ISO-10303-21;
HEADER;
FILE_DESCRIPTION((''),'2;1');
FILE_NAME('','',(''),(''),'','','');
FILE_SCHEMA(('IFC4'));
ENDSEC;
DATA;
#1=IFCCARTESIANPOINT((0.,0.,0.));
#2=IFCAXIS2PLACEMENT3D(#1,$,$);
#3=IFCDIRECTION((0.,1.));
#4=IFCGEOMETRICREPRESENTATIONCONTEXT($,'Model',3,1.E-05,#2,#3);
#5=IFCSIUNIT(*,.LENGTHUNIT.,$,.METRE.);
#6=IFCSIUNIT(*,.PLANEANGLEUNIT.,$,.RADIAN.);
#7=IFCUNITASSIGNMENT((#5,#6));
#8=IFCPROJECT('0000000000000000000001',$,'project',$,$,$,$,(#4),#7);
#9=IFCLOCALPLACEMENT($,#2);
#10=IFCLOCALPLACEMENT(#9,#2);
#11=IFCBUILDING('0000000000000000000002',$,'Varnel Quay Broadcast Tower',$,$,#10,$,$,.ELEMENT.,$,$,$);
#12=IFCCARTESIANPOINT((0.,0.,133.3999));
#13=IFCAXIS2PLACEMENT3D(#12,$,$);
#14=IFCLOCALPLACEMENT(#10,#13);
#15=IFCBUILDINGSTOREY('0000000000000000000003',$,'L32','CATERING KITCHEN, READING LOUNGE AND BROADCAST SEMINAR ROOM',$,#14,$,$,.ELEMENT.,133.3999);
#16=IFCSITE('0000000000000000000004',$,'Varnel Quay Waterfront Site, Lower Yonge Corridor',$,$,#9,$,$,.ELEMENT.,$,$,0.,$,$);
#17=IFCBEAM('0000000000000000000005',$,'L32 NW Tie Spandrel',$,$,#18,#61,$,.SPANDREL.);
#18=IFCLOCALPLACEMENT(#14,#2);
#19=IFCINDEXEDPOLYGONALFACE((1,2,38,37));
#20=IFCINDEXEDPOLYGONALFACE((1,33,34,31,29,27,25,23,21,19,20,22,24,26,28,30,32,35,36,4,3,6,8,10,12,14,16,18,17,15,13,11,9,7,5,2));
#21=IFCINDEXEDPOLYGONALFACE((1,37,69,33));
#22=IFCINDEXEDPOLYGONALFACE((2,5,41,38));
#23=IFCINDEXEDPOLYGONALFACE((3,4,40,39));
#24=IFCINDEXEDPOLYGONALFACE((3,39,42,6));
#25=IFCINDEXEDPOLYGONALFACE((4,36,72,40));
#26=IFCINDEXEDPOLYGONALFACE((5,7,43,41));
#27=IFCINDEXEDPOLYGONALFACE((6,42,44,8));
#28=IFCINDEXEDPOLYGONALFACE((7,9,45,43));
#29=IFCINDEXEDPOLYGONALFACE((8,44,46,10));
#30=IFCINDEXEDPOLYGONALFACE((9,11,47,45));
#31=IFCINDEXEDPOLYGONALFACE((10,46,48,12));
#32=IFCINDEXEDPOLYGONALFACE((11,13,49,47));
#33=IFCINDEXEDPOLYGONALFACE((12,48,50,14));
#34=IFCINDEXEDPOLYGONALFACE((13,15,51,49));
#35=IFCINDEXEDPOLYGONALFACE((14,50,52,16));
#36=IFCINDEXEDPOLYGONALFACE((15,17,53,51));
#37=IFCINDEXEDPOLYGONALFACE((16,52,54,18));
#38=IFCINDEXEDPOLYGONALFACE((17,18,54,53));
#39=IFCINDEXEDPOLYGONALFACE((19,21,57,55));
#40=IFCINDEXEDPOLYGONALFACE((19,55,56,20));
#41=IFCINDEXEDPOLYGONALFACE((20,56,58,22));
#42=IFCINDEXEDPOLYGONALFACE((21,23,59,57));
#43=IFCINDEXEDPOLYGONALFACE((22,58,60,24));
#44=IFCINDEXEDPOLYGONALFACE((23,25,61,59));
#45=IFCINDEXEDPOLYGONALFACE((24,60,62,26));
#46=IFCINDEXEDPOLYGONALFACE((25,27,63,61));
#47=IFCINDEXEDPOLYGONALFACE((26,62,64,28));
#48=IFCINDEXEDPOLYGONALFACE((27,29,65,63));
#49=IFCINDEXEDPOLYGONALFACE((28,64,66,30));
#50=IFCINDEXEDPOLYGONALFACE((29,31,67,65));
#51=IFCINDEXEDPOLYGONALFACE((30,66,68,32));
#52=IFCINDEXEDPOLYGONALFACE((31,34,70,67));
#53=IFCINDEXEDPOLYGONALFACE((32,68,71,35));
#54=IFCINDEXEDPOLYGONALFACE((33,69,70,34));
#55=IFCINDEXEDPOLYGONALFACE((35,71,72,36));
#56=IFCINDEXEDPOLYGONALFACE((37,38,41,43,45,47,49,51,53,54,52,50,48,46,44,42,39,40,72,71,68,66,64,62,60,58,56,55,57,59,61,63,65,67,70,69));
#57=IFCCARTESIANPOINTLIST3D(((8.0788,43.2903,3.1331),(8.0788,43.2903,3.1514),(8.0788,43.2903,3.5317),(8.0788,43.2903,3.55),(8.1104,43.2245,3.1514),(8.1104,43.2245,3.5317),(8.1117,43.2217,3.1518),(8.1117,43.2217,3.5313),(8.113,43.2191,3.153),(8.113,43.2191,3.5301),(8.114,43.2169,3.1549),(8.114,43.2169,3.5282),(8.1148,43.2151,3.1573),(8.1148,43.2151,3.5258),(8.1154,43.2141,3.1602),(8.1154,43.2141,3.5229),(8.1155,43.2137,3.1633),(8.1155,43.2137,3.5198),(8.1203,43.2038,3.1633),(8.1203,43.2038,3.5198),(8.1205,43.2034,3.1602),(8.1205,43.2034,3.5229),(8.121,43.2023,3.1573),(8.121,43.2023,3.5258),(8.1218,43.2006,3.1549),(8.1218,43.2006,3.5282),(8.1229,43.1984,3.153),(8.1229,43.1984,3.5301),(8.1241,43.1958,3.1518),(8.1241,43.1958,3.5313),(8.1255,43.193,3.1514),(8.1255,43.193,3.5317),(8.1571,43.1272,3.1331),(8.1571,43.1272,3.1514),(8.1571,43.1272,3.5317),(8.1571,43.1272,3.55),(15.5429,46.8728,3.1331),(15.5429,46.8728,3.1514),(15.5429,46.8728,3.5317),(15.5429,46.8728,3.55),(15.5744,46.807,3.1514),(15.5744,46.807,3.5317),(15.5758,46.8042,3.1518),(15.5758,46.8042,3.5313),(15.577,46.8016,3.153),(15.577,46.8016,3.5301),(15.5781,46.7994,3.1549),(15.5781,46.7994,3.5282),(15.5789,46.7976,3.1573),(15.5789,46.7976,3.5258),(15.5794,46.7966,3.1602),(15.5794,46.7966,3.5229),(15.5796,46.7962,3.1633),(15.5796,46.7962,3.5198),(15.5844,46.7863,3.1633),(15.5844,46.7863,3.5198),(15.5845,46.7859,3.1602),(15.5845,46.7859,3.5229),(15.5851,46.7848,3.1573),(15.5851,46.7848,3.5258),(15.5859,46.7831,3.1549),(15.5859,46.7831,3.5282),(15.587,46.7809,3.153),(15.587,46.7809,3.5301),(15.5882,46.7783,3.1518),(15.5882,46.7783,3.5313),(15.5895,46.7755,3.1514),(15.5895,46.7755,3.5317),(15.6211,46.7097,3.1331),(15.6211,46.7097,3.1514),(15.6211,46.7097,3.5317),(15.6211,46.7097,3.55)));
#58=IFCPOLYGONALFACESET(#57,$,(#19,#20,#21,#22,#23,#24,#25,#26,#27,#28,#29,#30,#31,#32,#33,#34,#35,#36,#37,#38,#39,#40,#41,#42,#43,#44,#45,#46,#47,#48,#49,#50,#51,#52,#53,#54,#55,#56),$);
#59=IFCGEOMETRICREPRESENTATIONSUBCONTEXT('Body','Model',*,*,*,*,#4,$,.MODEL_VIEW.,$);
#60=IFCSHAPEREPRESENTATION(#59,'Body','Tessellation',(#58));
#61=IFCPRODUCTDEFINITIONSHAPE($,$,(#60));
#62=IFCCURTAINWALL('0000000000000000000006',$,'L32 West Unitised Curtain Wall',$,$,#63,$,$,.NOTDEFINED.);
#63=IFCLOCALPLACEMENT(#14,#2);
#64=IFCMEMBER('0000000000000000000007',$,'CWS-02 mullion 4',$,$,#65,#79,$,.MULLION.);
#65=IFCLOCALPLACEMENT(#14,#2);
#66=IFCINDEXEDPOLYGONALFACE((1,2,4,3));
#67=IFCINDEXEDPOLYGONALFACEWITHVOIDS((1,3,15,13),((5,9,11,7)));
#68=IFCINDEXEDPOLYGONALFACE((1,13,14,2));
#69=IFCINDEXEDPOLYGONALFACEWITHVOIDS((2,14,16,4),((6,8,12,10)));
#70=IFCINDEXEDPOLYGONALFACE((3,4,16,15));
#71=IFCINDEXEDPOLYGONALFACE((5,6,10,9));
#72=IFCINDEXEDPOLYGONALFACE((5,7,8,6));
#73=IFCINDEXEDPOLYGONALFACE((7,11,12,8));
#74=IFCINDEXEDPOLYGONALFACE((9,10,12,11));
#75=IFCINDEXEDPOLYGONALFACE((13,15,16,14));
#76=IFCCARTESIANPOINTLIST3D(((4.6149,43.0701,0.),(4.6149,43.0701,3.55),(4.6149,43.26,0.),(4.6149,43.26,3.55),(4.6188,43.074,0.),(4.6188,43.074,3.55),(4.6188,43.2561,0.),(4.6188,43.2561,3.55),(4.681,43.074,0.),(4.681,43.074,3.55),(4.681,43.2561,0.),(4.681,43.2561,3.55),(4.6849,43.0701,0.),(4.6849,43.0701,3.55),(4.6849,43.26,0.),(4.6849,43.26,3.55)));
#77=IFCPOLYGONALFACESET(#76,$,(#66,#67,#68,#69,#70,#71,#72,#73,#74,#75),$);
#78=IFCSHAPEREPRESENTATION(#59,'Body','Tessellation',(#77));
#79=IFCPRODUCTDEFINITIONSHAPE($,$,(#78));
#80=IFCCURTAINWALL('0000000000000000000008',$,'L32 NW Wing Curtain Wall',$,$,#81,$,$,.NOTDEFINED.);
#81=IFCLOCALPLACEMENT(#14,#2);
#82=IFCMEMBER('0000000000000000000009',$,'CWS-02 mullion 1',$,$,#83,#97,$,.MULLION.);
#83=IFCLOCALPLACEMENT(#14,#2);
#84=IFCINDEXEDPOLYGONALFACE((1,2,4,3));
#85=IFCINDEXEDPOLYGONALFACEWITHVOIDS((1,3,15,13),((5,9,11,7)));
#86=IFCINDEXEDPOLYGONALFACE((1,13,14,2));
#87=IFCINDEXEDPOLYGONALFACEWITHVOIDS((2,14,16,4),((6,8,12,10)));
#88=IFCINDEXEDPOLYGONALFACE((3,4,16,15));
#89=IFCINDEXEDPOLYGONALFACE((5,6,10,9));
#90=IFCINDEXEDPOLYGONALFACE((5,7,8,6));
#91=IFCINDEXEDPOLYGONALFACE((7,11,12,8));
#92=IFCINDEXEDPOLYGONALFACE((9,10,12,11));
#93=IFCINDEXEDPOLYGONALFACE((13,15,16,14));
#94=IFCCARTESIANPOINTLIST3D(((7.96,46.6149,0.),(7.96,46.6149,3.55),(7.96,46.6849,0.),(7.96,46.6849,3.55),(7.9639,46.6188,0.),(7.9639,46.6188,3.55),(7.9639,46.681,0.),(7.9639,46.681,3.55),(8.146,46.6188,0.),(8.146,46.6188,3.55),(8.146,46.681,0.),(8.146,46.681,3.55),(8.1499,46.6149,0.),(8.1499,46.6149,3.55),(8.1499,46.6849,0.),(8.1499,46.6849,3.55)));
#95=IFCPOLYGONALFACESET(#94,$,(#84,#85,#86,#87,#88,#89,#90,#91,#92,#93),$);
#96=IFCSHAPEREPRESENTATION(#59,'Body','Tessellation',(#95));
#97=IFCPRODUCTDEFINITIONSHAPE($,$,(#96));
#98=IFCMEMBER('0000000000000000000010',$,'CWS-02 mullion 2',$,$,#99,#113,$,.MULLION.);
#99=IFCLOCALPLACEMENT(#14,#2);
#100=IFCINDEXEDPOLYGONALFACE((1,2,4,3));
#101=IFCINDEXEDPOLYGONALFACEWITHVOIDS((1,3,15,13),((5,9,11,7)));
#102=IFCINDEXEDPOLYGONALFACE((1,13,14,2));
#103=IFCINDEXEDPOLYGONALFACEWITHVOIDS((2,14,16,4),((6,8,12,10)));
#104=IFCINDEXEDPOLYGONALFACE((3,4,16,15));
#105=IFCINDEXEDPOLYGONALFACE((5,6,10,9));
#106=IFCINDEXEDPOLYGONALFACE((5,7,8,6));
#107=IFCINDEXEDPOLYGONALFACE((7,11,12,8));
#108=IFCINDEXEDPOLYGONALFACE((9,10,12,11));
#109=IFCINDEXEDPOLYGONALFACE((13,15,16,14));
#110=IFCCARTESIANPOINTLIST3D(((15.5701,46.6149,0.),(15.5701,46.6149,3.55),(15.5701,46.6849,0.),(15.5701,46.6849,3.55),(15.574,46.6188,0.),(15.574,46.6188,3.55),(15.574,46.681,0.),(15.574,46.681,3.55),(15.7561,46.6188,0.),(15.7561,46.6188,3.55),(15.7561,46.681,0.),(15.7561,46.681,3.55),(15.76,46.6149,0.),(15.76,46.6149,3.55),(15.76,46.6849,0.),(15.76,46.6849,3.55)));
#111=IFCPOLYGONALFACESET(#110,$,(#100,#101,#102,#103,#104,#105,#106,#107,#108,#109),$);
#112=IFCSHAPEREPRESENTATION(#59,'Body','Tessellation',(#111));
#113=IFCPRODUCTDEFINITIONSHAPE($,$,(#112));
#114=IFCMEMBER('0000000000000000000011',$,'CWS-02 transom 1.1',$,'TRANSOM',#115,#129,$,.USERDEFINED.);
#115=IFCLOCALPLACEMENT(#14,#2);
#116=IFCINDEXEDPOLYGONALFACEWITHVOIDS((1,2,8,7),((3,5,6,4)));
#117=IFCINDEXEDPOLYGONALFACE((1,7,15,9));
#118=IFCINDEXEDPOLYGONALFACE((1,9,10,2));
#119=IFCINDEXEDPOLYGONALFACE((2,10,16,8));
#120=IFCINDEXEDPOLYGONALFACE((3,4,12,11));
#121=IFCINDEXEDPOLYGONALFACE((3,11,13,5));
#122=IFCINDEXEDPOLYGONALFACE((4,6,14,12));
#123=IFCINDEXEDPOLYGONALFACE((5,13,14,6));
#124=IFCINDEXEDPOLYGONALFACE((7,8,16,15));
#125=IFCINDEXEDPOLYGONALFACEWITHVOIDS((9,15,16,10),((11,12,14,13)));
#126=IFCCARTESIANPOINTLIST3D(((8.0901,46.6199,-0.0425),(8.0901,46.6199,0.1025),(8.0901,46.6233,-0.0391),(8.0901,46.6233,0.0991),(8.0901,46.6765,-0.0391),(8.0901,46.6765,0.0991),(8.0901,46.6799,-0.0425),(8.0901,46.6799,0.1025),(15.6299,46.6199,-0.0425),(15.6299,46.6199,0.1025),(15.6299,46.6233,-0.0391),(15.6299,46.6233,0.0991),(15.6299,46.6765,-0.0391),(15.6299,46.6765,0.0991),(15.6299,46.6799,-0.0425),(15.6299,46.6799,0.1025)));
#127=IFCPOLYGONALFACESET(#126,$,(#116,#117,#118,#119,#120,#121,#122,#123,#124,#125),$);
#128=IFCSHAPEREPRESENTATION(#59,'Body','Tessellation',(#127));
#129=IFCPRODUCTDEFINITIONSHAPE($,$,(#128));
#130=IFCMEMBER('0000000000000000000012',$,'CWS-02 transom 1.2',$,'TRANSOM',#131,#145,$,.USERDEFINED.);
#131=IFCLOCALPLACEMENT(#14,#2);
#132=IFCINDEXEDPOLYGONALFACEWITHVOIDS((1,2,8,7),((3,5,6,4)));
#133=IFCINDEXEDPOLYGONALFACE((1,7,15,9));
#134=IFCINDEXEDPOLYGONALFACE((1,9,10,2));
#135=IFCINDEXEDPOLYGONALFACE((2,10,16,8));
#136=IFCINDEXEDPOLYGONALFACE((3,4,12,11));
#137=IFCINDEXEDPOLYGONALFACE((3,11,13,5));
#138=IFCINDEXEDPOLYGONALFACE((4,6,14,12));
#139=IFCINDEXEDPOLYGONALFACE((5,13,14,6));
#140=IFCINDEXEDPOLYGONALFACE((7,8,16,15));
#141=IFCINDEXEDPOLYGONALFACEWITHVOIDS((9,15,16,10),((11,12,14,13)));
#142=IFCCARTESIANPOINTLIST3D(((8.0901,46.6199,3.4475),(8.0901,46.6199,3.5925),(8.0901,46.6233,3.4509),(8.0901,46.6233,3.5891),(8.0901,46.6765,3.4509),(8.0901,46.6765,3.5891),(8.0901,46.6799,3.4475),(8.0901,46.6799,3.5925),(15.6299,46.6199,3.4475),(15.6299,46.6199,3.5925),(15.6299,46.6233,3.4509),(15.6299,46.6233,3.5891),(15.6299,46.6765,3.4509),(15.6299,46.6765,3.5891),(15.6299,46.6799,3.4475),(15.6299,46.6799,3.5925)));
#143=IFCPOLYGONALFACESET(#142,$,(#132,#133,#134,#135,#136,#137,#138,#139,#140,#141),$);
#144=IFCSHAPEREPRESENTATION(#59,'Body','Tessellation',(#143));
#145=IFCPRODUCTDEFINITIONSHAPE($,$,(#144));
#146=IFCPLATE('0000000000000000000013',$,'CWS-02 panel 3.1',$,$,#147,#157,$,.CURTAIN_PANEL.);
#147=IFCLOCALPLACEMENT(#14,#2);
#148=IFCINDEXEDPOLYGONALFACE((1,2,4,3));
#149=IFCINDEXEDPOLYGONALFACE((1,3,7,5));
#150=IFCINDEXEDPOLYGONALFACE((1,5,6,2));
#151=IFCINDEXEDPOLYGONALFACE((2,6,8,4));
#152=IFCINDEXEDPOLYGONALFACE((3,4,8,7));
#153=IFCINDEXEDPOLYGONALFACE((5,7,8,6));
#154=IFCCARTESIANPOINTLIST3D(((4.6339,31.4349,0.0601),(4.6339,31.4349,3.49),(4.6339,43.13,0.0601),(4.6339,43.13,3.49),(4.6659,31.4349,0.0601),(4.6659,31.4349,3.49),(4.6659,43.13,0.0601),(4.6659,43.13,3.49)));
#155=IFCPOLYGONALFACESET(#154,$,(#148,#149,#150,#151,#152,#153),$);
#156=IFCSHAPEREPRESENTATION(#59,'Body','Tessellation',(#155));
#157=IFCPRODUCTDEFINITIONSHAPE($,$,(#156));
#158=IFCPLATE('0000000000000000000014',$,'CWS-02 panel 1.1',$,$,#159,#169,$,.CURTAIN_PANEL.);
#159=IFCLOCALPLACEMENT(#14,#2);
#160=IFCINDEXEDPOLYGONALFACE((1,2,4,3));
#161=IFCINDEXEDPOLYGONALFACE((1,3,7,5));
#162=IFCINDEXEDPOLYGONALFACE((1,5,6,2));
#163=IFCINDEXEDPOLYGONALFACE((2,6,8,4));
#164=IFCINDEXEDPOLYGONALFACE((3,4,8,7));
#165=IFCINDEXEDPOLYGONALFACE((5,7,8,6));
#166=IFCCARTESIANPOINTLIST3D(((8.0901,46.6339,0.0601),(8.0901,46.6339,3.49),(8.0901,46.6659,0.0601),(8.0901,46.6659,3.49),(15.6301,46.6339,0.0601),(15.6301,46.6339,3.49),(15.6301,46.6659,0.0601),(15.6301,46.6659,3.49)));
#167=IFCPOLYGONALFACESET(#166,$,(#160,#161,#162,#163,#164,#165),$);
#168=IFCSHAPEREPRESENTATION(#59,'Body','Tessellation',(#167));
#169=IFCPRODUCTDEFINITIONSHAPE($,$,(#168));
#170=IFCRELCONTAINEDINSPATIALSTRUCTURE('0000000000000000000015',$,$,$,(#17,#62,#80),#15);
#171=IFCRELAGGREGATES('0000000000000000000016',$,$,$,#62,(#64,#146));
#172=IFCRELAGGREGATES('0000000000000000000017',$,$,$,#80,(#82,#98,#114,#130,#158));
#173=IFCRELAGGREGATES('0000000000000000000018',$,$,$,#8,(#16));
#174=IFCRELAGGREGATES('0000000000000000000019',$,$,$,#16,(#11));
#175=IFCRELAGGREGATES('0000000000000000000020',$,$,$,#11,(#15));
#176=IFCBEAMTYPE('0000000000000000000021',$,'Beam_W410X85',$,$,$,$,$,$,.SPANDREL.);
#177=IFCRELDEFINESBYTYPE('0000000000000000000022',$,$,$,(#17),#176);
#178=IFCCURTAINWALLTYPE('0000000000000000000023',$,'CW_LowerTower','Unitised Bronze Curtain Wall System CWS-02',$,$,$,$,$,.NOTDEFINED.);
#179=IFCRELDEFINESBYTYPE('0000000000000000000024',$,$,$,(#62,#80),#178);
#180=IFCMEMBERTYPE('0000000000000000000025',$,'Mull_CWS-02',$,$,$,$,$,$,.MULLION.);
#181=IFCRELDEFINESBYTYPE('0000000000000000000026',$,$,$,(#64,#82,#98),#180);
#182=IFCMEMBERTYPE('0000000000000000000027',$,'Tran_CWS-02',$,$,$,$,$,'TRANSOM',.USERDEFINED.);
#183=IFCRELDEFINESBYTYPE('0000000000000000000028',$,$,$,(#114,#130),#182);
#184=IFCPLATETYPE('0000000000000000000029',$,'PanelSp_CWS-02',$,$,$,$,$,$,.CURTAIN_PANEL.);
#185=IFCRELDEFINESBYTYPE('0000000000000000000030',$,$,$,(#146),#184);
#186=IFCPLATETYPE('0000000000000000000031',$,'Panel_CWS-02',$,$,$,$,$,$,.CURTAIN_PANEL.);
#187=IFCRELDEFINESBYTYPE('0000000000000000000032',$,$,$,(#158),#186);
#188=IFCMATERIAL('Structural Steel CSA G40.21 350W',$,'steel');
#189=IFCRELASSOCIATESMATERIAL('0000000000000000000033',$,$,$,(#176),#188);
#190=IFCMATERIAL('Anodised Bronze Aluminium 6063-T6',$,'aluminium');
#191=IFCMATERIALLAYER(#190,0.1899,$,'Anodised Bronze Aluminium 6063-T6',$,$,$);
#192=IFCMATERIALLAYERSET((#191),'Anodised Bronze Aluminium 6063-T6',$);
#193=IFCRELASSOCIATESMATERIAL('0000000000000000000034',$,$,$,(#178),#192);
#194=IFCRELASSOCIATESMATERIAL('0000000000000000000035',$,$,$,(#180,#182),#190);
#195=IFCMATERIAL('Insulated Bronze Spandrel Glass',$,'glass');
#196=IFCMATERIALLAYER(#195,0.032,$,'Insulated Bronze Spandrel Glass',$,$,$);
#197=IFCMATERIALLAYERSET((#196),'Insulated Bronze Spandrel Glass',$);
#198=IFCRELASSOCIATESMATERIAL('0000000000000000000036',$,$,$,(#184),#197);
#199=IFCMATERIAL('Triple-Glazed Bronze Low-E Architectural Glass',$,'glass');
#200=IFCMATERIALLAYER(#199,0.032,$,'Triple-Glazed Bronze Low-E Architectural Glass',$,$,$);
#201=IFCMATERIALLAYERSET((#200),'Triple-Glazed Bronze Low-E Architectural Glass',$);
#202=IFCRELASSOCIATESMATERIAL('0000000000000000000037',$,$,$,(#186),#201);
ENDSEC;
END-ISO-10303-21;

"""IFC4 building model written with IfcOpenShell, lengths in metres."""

from ifc_helpers import new_model, si_unit, direction, frame, origin, origin_2d, place, context, subcontext, project, spatial, rectangle, hollow_rectangle, i_section, extrude, source, transform, mapped, material, layer, layer_set, material_profile, profile_set, type_object, type_shapes, element, aggregate, save


model = new_model("IFC4")

# Units and contexts
model_context = context("Model", 3, precision=1e-05, world=origin(), true_north=direction((0.0, 1.0)))
body_context = subcontext(model_context, "Body", "Model", "MODEL_VIEW")
ifc_project = project(units=[si_unit("LENGTHUNIT", "METRE"), si_unit("PLANEANGLEUNIT", "RADIAN")], contexts=[model_context])

# Site, building, storey
site_placement = place(None, origin())
site = spatial("IfcSite", under=ifc_project, at=site_placement, Name="Varnel Quay Waterfront Site, Lower Yonge Corridor", CompositionType="ELEMENT", RefElevation=0.0)
building_placement = place(site_placement, origin())
building = spatial("IfcBuilding", under=site, at=building_placement, Name="Varnel Quay Broadcast Tower", CompositionType="ELEMENT")
storey_placement = place(building_placement, frame((0.0, 0.0, 133.3999)))
storey = spatial("IfcBuildingStorey", under=building, at=storey_placement, Name="L32", Description="CATERING KITCHEN, READING LOUNGE AND BROADCAST SEMINAR ROOM", CompositionType="ELEMENT", Elevation=133.3999)

# Beam
ifc_material_1 = material(Name="Structural Steel CSA G40.21 350W", Category="steel")
ifc_material_profile_1 = material_profile(ifc_material_1, i_section(OverallWidth=0.1809, OverallDepth=0.417, WebThickness=0.011, FlangeThickness=0.0183, FilletRadius=0.012, at=origin_2d()), Name="W410X85")
ifc_profile_set_1 = profile_set([ifc_material_profile_1], Name="Structural Steel CSA G40.21 350W")
beam_type_1 = type_object("IfcBeamType", Name="Beam_W410X85", PredefinedType="SPANDREL", material=ifc_profile_set_1)
shared_shape_1 = source(origin(), body_context, "Body", "SweptSolid", [
    extrude(i_section(OverallWidth=0.1809, OverallDepth=0.417, WebThickness=0.011, FlangeThickness=0.0183, FilletRadius=0.012, at=origin_2d()), origin(), (0.0, 0.0, 1.0), 8.2793),
])
beam_1_placement = place(storey_placement, frame((8.1179, 43.2087, 3.3416), z_axis=(0.901535, 0.432706, 0.0), x_axis=(-0.432706, 0.901535, 0.0)))
element("IfcBeam", 1, at=beam_1_placement, inside=storey, type_object=beam_type_1, Name="L32 NW Tie Spandrel", PredefinedType="SPANDREL", context=body_context, shape_type="MappedRepresentation", body=[
    mapped(shared_shape_1, transform((0.0, 0.0, 0.0), x_axis=(1.0, 0.0, 0.0), y_axis=(0.0, 1.0, 0.0), z_axis=(0.0, 0.0, 1.0), scale=1.0)),
])

# Curtain wall, member
ifc_material_2 = material(Name="Anodised Bronze Aluminium 6063-T6", Category="aluminium")
ifc_layer_1 = layer(ifc_material_2, 0.1899, Name="Anodised Bronze Aluminium 6063-T6")
ifc_layer_set_1 = layer_set([ifc_layer_1], Name="Anodised Bronze Aluminium 6063-T6")
curtain_wall_type = type_object("IfcCurtainWallType", Name="CW_LowerTower", Description="Unitised Bronze Curtain Wall System CWS-02", PredefinedType="NOTDEFINED", material=ifc_layer_set_1)
curtain_wall_1_placement = place(storey_placement, origin())
curtain_wall_1 = element("IfcCurtainWall", 2, at=curtain_wall_1_placement, inside=storey, type_object=curtain_wall_type, Name="L32 West Unitised Curtain Wall", PredefinedType="NOTDEFINED")
ifc_material_profile_2 = material_profile(ifc_material_2, hollow_rectangle(XDim=0.0701, YDim=0.1899, WallThickness=0.0039, at=origin_2d()), Name="ALU70X190X4")
ifc_profile_set_2 = profile_set([ifc_material_profile_2], Name="Anodised Bronze Aluminium 6063-T6")
member_type_1 = type_object("IfcMemberType", Name="Mull_CWS-02", PredefinedType="MULLION", material=ifc_profile_set_2)
shared_shape_2 = source(origin(), body_context, "Body", "SweptSolid", [
    extrude(hollow_rectangle(XDim=0.0701, YDim=0.1899, WallThickness=0.0039, at=origin_2d()), origin(), (0.0, 0.0, 1.0), 3.55),
])
type_shapes(member_type_1, [shared_shape_2])
member_1_placement = place(storey_placement, frame((4.6499, 43.165, 0.0), z_axis=(0.0, 0.0, 1.0), x_axis=(-1.0, 0.0, 0.0)))
member_1 = element("IfcMember", 3, at=member_1_placement, type_object=member_type_1, Name="CWS-02 mullion 4", PredefinedType="MULLION", context=body_context, shape_type="MappedRepresentation", body=[
    mapped(shared_shape_2, transform((0.0, 0.0, 0.0), x_axis=(1.0, 0.0, 0.0), y_axis=(0.0, 1.0, 0.0), z_axis=(0.0, 0.0, 1.0), scale=1.0)),
])

# Curtain wall, members
curtain_wall_2_placement = place(storey_placement, origin())
curtain_wall_2 = element("IfcCurtainWall", 4, at=curtain_wall_2_placement, inside=storey, type_object=curtain_wall_type, Name="L32 NW Wing Curtain Wall", PredefinedType="NOTDEFINED")
member_2_placement = place(storey_placement, frame((8.0549, 46.6499, 0.0), z_axis=(0.0, 0.0, 1.0), x_axis=(0.0, 1.0, 0.0)))
member_2 = element("IfcMember", 5, at=member_2_placement, type_object=member_type_1, Name="CWS-02 mullion 1", PredefinedType="MULLION", context=body_context, shape_type="MappedRepresentation", body=[
    mapped(shared_shape_2, transform((0.0, 0.0, 0.0), x_axis=(1.0, 0.0, 0.0), y_axis=(0.0, 1.0, 0.0), z_axis=(0.0, 0.0, 1.0), scale=1.0)),
])
member_3_placement = place(storey_placement, frame((15.665, 46.6499, 0.0), z_axis=(0.0, 0.0, 1.0), x_axis=(0.0, 1.0, 0.0)))
member_3 = element("IfcMember", 6, at=member_3_placement, type_object=member_type_1, Name="CWS-02 mullion 2", PredefinedType="MULLION", context=body_context, shape_type="MappedRepresentation", body=[
    mapped(shared_shape_2, transform((0.0, 0.0, 0.0), x_axis=(1.0, 0.0, 0.0), y_axis=(0.0, 1.0, 0.0), z_axis=(0.0, 0.0, 1.0), scale=1.0)),
])
ifc_material_profile_3 = material_profile(ifc_material_2, hollow_rectangle(XDim=0.0601, YDim=0.145, WallThickness=0.0034, at=origin_2d()), Name="ALU60X145X3.5")
ifc_profile_set_3 = profile_set([ifc_material_profile_3], Name="Anodised Bronze Aluminium 6063-T6")
member_type_2 = type_object("IfcMemberType", Name="Tran_CWS-02", ElementType="TRANSOM", PredefinedType="USERDEFINED", material=ifc_profile_set_3)
shared_shape_3 = source(origin(), body_context, "Body", "SweptSolid", [
    extrude(hollow_rectangle(XDim=0.0601, YDim=0.145, WallThickness=0.0034, at=origin_2d()), origin(), (0.0, 0.0, 1.0), 7.5398),
])
type_shapes(member_type_2, [shared_shape_3])
member_4_placement = place(storey_placement, frame((8.0901, 46.6499, 0.03), z_axis=(1.0, 0.0, 0.0), x_axis=(0.0, 1.0, 0.0)))
member_4 = element("IfcMember", 7, at=member_4_placement, type_object=member_type_2, Name="CWS-02 transom 1.1", ObjectType="TRANSOM", PredefinedType="USERDEFINED", context=body_context, shape_type="MappedRepresentation", body=[
    mapped(shared_shape_3, transform((0.0, 0.0, 0.0), x_axis=(1.0, 0.0, 0.0), y_axis=(0.0, 1.0, 0.0), z_axis=(0.0, 0.0, 1.0), scale=1.0)),
])
member_5_placement = place(storey_placement, frame((8.0901, 46.6499, 3.52), z_axis=(1.0, 0.0, 0.0), x_axis=(0.0, 1.0, 0.0)))
member_5 = element("IfcMember", 8, at=member_5_placement, type_object=member_type_2, Name="CWS-02 transom 1.2", ObjectType="TRANSOM", PredefinedType="USERDEFINED", context=body_context, shape_type="MappedRepresentation", body=[
    mapped(shared_shape_3, transform((0.0, 0.0, 0.0), x_axis=(1.0, 0.0, 0.0), y_axis=(0.0, 1.0, 0.0), z_axis=(0.0, 0.0, 1.0), scale=1.0)),
])

# Plates
ifc_material_3 = material(Name="Insulated Bronze Spandrel Glass", Category="glass")
ifc_layer_2 = layer(ifc_material_3, 0.032, Name="Insulated Bronze Spandrel Glass")
ifc_layer_set_2 = layer_set([ifc_layer_2], Name="Insulated Bronze Spandrel Glass")
plate_type_1 = type_object("IfcPlateType", Name="PanelSp_CWS-02", PredefinedType="CURTAIN_PANEL", material=ifc_layer_set_2)
shared_shape_4 = source(origin(), body_context, "Body", "SweptSolid", [
    extrude(rectangle(XDim=11.6951, YDim=0.032, at=origin_2d()), origin(), (0.0, 0.0, 1.0), 3.4299),
])
type_shapes(plate_type_1, [shared_shape_4])
plate_1_placement = place(storey_placement, frame((4.6499, 37.2825, 0.0601), z_axis=(0.0, 0.0, 1.0), x_axis=(0.0, 1.0, 0.0)))
plate_1 = element("IfcPlate", 9, at=plate_1_placement, type_object=plate_type_1, Name="CWS-02 panel 3.1", PredefinedType="CURTAIN_PANEL", context=body_context, shape_type="MappedRepresentation", body=[
    mapped(shared_shape_4, transform((0.0, 0.0, 0.0), x_axis=(1.0, 0.0, 0.0), y_axis=(0.0, 1.0, 0.0), z_axis=(0.0, 0.0, 1.0), scale=1.0)),
])
aggregate(curtain_wall_1, [member_1, plate_1])
ifc_material_4 = material(Name="Triple-Glazed Bronze Low-E Architectural Glass", Category="glass")
ifc_layer_3 = layer(ifc_material_4, 0.032, Name="Triple-Glazed Bronze Low-E Architectural Glass")
ifc_layer_set_3 = layer_set([ifc_layer_3], Name="Triple-Glazed Bronze Low-E Architectural Glass")
plate_type_2 = type_object("IfcPlateType", Name="Panel_CWS-02", PredefinedType="CURTAIN_PANEL", material=ifc_layer_set_3)
shared_shape_5 = source(origin(), body_context, "Body", "SweptSolid", [
    extrude(rectangle(XDim=7.54, YDim=0.032, at=origin_2d()), origin(), (0.0, 0.0, 1.0), 3.4299),
])
type_shapes(plate_type_2, [shared_shape_5])
plate_2_placement = place(storey_placement, frame((11.8601, 46.6499, 0.0601), z_axis=(0.0, 0.0, 1.0), x_axis=(1.0, 0.0, 0.0)))
plate_2 = element("IfcPlate", 10, at=plate_2_placement, type_object=plate_type_2, Name="CWS-02 panel 1.1", PredefinedType="CURTAIN_PANEL", context=body_context, shape_type="MappedRepresentation", body=[
    mapped(shared_shape_5, transform((0.0, 0.0, 0.0), x_axis=(1.0, 0.0, 0.0), y_axis=(0.0, 1.0, 0.0), z_axis=(0.0, 0.0, 1.0), scale=1.0)),
])
aggregate(curtain_wall_2, [member_2, member_3, member_4, member_5, plate_2])

save(model, "model.ifc")
